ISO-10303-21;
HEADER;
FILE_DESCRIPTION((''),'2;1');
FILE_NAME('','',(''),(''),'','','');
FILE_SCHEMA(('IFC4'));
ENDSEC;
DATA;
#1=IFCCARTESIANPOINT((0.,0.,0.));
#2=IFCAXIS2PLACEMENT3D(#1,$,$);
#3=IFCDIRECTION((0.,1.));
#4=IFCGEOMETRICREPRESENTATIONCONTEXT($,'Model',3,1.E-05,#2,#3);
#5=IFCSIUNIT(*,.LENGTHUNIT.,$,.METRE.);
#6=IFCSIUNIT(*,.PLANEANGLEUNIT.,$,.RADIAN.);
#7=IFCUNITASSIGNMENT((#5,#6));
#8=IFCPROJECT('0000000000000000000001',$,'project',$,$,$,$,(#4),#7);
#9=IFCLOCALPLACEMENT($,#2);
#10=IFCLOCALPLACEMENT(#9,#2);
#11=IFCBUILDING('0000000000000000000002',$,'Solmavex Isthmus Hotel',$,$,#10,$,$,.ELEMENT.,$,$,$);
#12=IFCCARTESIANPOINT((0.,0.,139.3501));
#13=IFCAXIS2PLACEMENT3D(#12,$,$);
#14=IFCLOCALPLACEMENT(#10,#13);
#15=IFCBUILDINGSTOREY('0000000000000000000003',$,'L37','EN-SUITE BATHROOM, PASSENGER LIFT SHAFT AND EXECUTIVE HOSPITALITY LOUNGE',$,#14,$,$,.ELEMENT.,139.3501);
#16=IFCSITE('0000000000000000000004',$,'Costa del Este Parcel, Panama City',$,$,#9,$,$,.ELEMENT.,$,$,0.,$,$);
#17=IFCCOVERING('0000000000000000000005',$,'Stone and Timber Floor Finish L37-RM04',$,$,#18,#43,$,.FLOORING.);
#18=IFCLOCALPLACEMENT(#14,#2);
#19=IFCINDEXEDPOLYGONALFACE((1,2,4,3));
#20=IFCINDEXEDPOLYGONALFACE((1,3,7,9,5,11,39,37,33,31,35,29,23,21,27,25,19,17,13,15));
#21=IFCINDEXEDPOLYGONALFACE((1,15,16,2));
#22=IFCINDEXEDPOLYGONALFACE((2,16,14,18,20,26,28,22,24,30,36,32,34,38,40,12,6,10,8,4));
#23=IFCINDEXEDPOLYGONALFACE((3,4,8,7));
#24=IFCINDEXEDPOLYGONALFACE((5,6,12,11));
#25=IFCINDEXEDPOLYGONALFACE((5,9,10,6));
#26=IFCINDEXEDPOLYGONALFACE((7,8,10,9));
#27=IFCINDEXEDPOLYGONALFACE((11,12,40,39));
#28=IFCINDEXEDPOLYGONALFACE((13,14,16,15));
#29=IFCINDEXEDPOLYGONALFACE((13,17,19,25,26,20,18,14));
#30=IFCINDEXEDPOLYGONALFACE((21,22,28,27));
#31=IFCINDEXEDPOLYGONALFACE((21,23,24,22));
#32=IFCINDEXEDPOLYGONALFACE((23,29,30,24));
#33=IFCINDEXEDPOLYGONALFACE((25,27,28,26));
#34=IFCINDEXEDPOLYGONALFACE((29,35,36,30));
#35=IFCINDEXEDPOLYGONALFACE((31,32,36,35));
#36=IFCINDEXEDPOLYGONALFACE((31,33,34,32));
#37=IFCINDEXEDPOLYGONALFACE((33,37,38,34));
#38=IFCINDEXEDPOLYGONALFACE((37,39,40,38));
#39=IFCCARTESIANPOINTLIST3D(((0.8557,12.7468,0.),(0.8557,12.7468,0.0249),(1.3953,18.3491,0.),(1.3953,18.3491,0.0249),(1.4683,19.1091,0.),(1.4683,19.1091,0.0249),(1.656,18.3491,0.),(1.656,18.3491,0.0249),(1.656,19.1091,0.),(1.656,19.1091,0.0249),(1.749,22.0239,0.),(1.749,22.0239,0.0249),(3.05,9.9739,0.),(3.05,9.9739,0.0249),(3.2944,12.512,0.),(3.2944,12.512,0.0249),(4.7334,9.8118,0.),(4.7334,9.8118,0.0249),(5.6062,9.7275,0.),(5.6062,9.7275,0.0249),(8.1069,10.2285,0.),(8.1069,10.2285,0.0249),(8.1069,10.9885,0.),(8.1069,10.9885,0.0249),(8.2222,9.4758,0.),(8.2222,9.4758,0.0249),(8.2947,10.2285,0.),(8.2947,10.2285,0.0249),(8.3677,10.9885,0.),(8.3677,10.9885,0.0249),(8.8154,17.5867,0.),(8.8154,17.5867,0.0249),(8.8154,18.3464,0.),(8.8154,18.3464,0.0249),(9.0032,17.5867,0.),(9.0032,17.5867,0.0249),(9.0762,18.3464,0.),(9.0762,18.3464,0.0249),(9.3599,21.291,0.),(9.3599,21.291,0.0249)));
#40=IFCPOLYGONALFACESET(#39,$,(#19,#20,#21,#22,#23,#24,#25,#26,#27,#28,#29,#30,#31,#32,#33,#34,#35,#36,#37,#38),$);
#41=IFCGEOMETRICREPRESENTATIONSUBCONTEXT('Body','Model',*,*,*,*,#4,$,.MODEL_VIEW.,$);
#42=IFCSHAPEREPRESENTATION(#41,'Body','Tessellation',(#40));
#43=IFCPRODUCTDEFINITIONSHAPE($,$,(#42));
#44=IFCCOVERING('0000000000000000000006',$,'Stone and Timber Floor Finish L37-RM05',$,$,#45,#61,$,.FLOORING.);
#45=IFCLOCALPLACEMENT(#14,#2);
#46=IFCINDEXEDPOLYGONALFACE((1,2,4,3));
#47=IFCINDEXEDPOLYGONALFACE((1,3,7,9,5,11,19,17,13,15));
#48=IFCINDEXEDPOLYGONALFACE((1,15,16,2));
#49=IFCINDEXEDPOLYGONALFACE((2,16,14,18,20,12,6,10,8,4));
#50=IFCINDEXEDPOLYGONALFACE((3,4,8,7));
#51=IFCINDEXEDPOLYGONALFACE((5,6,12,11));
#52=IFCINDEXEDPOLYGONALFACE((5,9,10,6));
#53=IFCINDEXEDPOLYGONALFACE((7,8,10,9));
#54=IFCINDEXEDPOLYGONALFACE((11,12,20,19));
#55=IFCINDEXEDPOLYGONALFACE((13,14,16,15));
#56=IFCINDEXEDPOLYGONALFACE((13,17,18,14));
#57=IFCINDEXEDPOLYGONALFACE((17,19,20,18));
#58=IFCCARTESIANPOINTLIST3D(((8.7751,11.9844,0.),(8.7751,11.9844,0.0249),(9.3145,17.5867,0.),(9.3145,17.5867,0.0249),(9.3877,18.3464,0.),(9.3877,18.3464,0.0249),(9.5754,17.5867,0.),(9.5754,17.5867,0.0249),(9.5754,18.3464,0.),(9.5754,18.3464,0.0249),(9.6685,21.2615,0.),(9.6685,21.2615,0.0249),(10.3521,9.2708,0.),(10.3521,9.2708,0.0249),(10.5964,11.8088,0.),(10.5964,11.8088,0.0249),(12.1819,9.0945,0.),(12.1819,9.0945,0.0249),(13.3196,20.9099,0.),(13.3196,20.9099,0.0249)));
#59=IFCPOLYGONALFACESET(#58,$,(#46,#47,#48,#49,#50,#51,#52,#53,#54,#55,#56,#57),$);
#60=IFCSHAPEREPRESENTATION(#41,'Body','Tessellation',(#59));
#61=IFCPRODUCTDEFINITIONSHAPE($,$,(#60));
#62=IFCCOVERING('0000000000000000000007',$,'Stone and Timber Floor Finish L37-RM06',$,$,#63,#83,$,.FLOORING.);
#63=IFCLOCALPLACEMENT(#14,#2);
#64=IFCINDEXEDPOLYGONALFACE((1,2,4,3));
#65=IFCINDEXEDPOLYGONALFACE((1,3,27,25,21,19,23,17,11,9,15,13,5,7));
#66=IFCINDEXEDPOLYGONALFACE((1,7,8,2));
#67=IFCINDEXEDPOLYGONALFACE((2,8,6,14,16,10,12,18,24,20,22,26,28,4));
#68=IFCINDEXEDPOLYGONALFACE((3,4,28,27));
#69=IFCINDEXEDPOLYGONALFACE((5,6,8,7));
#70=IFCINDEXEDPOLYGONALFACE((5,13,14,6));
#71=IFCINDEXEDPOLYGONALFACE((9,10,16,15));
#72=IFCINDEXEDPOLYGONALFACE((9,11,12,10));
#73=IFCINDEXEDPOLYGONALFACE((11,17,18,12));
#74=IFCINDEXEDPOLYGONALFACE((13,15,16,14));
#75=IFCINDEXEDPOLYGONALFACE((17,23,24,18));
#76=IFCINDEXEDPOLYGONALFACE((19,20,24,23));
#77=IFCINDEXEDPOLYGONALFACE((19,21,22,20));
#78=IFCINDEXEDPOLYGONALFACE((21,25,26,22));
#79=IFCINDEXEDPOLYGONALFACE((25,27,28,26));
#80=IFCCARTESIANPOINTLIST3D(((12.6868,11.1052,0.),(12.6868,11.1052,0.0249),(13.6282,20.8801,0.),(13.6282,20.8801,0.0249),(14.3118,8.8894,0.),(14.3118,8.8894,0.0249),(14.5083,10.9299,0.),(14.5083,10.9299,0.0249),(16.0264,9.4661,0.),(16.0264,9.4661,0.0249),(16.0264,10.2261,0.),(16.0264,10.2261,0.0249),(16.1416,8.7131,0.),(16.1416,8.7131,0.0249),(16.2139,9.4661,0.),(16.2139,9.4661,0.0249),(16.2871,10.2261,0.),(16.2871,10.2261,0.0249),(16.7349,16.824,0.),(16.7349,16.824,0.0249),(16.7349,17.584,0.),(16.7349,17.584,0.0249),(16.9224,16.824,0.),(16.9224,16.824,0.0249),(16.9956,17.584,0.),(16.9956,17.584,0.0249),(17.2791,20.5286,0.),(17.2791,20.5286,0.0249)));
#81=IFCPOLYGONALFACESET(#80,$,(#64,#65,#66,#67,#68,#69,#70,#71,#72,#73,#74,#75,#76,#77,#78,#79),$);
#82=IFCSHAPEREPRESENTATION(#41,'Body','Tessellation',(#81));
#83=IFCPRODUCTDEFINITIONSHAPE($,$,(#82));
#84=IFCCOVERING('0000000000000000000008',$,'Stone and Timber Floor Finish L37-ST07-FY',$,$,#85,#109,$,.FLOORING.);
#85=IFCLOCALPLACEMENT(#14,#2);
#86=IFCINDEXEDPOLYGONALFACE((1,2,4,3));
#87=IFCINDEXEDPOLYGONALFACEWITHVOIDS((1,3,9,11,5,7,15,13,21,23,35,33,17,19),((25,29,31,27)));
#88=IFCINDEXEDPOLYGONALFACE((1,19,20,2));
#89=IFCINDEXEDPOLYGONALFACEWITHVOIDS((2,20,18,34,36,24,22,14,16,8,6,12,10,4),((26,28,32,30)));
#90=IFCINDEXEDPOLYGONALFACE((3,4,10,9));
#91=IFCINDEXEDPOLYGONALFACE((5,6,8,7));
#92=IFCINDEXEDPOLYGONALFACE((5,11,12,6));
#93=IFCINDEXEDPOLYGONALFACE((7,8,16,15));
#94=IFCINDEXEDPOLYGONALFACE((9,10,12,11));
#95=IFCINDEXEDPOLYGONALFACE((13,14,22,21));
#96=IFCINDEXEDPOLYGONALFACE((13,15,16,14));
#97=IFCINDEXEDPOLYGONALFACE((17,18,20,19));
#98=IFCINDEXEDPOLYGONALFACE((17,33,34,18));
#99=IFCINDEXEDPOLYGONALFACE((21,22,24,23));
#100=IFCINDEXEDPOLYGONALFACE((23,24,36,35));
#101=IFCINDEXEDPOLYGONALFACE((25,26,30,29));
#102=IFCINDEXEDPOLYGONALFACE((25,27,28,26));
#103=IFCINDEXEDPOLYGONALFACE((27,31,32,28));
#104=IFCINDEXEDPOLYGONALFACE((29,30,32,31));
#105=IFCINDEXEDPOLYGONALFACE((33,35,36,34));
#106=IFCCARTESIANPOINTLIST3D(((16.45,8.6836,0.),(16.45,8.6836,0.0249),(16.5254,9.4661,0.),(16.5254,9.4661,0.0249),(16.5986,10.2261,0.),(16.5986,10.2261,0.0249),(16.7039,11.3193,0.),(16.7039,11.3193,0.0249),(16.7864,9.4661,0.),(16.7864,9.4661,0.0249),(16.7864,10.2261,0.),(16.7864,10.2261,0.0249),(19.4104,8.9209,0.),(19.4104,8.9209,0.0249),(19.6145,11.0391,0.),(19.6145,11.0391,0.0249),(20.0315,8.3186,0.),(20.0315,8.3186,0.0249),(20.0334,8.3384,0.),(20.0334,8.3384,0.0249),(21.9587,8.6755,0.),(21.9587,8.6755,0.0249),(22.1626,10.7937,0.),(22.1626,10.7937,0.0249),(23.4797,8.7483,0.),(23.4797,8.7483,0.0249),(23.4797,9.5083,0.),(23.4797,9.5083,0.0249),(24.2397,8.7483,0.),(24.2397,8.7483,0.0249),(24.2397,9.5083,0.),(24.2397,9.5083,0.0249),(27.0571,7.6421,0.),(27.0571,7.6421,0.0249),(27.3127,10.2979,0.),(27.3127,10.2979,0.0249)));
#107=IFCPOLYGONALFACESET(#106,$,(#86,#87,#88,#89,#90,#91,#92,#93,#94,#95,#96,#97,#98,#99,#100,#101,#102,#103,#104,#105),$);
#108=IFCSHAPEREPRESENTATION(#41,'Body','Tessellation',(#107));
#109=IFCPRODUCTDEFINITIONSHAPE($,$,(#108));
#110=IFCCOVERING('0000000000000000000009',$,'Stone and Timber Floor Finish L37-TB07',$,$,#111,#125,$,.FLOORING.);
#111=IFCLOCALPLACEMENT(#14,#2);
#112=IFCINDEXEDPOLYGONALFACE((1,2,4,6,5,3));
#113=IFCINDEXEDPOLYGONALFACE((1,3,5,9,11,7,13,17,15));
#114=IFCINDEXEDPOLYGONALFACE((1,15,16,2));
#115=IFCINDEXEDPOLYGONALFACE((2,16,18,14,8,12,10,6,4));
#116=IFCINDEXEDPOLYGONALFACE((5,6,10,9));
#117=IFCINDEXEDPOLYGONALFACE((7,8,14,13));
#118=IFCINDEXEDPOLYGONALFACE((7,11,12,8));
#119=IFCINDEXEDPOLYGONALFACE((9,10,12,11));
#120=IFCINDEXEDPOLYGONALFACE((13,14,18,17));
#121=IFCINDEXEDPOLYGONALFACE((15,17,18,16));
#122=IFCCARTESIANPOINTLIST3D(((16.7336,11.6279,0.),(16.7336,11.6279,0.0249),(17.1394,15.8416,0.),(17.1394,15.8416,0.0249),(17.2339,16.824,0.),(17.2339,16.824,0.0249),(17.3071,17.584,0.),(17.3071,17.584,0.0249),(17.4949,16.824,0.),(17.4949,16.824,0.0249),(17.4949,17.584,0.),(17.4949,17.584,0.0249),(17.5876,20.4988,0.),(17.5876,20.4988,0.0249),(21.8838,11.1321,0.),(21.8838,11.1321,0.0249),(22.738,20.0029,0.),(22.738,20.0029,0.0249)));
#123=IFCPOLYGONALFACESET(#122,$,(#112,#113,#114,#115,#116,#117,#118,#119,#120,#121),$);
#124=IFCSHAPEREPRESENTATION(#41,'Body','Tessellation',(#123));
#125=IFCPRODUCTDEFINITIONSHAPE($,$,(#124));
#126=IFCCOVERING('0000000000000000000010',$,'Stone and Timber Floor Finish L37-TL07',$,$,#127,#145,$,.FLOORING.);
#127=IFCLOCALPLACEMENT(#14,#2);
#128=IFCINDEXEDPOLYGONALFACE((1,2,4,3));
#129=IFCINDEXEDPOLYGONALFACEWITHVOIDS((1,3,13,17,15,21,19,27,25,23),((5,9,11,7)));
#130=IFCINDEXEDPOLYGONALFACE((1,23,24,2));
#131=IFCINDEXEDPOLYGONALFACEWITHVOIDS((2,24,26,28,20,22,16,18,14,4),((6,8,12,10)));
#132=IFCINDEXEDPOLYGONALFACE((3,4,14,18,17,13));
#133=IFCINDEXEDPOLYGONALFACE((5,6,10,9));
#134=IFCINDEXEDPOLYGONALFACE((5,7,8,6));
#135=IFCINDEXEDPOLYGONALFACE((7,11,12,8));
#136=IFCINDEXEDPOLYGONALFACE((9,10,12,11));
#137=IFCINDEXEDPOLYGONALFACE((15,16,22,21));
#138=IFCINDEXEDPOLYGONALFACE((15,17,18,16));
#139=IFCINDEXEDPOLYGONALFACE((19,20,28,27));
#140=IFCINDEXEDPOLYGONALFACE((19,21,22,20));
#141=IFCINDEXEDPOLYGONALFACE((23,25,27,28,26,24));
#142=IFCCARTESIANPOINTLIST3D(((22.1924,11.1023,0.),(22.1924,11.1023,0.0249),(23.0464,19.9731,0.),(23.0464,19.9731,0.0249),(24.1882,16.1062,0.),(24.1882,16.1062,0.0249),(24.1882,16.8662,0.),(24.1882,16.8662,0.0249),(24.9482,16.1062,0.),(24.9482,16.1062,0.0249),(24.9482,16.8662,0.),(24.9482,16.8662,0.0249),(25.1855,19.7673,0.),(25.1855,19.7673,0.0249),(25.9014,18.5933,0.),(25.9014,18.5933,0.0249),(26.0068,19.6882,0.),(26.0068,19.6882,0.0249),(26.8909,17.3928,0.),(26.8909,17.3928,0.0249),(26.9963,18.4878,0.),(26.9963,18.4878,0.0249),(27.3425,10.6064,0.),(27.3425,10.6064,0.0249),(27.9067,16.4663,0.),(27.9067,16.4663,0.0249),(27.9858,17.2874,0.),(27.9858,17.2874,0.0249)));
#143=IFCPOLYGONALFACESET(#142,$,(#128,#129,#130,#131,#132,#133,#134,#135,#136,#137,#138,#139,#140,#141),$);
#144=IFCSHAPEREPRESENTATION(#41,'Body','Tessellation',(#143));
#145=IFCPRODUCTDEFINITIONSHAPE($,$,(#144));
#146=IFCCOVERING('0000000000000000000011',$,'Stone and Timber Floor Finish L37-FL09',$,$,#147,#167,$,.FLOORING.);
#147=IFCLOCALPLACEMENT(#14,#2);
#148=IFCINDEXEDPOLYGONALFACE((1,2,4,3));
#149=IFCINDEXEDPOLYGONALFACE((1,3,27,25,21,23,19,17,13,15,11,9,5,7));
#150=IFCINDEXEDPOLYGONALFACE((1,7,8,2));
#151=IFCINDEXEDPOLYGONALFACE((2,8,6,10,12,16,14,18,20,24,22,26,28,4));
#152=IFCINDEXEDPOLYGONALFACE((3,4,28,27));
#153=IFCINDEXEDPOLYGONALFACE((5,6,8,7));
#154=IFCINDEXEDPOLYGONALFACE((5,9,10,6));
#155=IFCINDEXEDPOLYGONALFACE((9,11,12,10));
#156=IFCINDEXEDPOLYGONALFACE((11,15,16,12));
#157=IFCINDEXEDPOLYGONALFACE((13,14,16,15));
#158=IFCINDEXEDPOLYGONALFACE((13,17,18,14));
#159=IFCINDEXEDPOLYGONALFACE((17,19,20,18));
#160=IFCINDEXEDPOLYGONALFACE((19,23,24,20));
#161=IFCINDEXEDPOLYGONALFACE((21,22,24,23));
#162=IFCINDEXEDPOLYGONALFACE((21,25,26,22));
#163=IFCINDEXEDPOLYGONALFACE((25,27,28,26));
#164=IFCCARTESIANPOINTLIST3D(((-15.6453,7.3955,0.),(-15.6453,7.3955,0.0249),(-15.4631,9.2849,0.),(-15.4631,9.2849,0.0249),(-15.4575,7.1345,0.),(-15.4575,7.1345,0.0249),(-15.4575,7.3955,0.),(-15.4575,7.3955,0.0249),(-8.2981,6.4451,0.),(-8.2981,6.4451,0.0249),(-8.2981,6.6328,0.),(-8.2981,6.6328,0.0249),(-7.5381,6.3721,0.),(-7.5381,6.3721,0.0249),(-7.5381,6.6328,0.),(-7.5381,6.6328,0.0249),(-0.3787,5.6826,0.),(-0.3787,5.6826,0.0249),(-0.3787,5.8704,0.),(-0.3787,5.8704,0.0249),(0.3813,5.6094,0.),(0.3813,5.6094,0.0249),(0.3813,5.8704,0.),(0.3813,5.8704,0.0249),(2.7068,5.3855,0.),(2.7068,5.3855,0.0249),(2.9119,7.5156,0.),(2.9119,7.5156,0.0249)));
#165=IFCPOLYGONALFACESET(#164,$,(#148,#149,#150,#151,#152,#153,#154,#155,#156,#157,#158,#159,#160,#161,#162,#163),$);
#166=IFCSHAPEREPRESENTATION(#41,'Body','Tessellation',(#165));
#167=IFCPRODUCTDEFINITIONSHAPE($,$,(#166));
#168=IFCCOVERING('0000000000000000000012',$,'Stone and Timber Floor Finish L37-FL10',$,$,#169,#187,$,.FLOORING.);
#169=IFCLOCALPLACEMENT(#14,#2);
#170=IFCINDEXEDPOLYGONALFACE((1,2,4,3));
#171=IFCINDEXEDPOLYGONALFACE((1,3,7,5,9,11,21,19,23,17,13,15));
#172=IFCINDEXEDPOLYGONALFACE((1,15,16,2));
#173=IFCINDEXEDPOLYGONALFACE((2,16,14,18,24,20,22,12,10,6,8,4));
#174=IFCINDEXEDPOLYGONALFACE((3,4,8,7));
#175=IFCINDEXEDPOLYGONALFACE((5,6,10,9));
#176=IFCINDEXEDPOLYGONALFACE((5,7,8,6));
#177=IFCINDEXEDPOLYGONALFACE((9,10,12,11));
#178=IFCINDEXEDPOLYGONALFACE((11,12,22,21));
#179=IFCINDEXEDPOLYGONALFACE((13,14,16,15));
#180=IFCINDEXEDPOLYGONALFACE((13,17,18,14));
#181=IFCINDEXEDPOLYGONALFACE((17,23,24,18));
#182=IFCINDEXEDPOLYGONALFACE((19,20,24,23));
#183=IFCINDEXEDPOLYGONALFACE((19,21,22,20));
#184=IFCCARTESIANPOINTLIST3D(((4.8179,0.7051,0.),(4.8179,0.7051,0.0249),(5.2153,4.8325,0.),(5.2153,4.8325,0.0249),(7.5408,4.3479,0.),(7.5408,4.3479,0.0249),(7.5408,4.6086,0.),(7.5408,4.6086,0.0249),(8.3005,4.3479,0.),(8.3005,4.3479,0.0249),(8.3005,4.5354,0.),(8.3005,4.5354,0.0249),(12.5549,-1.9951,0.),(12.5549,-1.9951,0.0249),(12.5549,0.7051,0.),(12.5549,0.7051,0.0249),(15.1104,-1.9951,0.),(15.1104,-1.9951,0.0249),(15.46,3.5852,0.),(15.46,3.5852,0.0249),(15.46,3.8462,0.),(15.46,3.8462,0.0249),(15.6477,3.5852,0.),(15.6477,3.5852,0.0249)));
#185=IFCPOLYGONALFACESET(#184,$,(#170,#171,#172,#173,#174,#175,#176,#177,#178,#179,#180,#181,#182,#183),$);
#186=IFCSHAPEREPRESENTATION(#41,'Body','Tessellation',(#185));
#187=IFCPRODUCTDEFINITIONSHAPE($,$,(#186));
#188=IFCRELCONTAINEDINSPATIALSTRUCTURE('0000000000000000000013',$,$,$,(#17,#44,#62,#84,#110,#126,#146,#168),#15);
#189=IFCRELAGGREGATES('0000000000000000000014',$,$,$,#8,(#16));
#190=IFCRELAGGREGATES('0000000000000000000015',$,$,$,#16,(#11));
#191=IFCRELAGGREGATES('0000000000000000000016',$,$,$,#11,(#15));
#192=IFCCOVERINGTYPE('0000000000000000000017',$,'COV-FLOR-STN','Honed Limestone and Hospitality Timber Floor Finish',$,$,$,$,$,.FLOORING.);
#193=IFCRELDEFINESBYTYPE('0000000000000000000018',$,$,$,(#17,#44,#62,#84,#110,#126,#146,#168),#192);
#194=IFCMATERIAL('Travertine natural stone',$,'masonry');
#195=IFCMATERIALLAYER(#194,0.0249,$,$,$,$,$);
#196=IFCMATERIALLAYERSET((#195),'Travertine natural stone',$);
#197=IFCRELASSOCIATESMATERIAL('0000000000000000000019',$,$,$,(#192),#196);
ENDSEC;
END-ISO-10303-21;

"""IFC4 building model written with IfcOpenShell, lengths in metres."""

from ifc_helpers import new_model, si_unit, direction, frame, origin, place, context, subcontext, project, spatial, polyline, outline, extrude, material, layer, layer_set, type_object, element, save


model = new_model("IFC4")

# Units and contexts
model_context = context("Model", 3, precision=1e-05, world=origin(), true_north=direction((0.0, 1.0)))
body_context = subcontext(model_context, "Body", "Model", "MODEL_VIEW")
ifc_project = project(units=[si_unit("LENGTHUNIT", "METRE"), si_unit("PLANEANGLEUNIT", "RADIAN")], contexts=[model_context])

# Site, building, storey
site_placement = place(None, origin())
site = spatial("IfcSite", under=ifc_project, at=site_placement, Name="Costa del Este Parcel, Panama City", CompositionType="ELEMENT", RefElevation=0.0)
building_placement = place(site_placement, origin())
building = spatial("IfcBuilding", under=site, at=building_placement, Name="Solmavex Isthmus Hotel", CompositionType="ELEMENT")
storey_placement = place(building_placement, frame((0.0, 0.0, 139.3501)))
storey = spatial("IfcBuildingStorey", under=building, at=storey_placement, Name="L37", Description="EN-SUITE BATHROOM, PASSENGER LIFT SHAFT AND EXECUTIVE HOSPITALITY LOUNGE", CompositionType="ELEMENT", Elevation=139.3501)

# Coverings
ifc_material_1 = material(Name="Travertine natural stone", Category="masonry")
ifc_layer_1 = layer(ifc_material_1, 0.0249)
ifc_layer_set_1 = layer_set([ifc_layer_1], Name="Travertine natural stone")
covering_type_1 = type_object("IfcCoveringType", Name="COV-FLOR-STN", Description="Honed Limestone and Hospitality Timber Floor Finish", PredefinedType="FLOORING", material=ifc_layer_set_1)
covering_1_placement = place(storey_placement, origin())
element("IfcCovering", 1, at=covering_1_placement, inside=storey, type_object=covering_type_1, Name="Stone and Timber Floor Finish L37-RM04", PredefinedType="FLOORING", context=body_context, shape_type="SweptSolid", body=[
    extrude(outline(polyline([(1.4683, 19.1091), (1.656, 19.1091), (1.656, 18.3491), (1.3953, 18.3491), (0.8557, 12.7468), (3.2944, 12.512), (3.05, 9.9739), (4.7334, 9.8118), (5.6062, 9.7275), (8.2222, 9.4758), (8.2947, 10.2285), (8.1069, 10.2285), (8.1069, 10.9885), (8.3677, 10.9885), (9.0032, 17.5867), (8.8154, 17.5867), (8.8154, 18.3464), (9.0762, 18.3464), (9.3599, 21.291), (1.749, 22.0239), (1.4683, 19.1091)])), origin(), (0.0, 0.0, 1.0), 0.0249),
])
covering_2_placement = place(storey_placement, origin())
element("IfcCovering", 2, at=covering_2_placement, inside=storey, type_object=covering_type_1, Name="Stone and Timber Floor Finish L37-RM05", PredefinedType="FLOORING", context=body_context, shape_type="SweptSolid", body=[
    extrude(outline(polyline([(9.3877, 18.3464), (9.5754, 18.3464), (9.5754, 17.5867), (9.3145, 17.5867), (8.7751, 11.9844), (10.5964, 11.8088), (10.3521, 9.2708), (12.1819, 9.0945), (13.3196, 20.9099), (9.6685, 21.2615), (9.3877, 18.3464)])), origin(), (0.0, 0.0, 1.0), 0.0249),
])
covering_3_placement = place(storey_placement, origin())
element("IfcCovering", 3, at=covering_3_placement, inside=storey, type_object=covering_type_1, Name="Stone and Timber Floor Finish L37-RM06", PredefinedType="FLOORING", context=body_context, shape_type="SweptSolid", body=[
    extrude(outline(polyline([(16.9224, 16.824), (16.7349, 16.824), (16.7349, 17.584), (16.9956, 17.584), (17.2791, 20.5286), (13.6282, 20.8801), (12.6868, 11.1052), (14.5083, 10.9299), (14.3118, 8.8894), (16.1416, 8.7131), (16.2139, 9.4661), (16.0264, 9.4661), (16.0264, 10.2261), (16.2871, 10.2261), (16.9224, 16.824)])), origin(), (0.0, 0.0, 1.0), 0.0249),
])
covering_4_placement = place(storey_placement, origin())
element("IfcCovering", 4, at=covering_4_placement, inside=storey, type_object=covering_type_1, Name="Stone and Timber Floor Finish L37-ST07-FY", PredefinedType="FLOORING", context=body_context, shape_type="SweptSolid", body=[
    extrude(outline(polyline([(19.6145, 11.0391), (16.7039, 11.3193), (16.5986, 10.2261), (16.7864, 10.2261), (16.7864, 9.4661), (16.5254, 9.4661), (16.45, 8.6836), (20.0334, 8.3384), (20.0315, 8.3186), (27.0571, 7.6421), (27.3127, 10.2979), (22.1626, 10.7937), (21.9587, 8.6755), (19.4104, 8.9209), (19.6145, 11.0391)]), holes=[polyline([(23.4797, 8.7483), (23.4797, 9.5083), (24.2397, 9.5083), (24.2397, 8.7483), (23.4797, 8.7483)])]), origin(), (0.0, 0.0, 1.0), 0.0249),
])
covering_5_placement = place(storey_placement, origin())
element("IfcCovering", 5, at=covering_5_placement, inside=storey, type_object=covering_type_1, Name="Stone and Timber Floor Finish L37-TB07", PredefinedType="FLOORING", context=body_context, shape_type="SweptSolid", body=[
    extrude(outline(polyline([(17.3071, 17.584), (17.4949, 17.584), (17.4949, 16.824), (17.2339, 16.824), (17.1394, 15.8416), (16.7336, 11.6279), (21.8838, 11.1321), (22.738, 20.0029), (17.5876, 20.4988), (17.3071, 17.584)])), origin(), (0.0, 0.0, 1.0), 0.0249),
])
covering_6_placement = place(storey_placement, origin())
element("IfcCovering", 6, at=covering_6_placement, inside=storey, type_object=covering_type_1, Name="Stone and Timber Floor Finish L37-TL07", PredefinedType="FLOORING", context=body_context, shape_type="SweptSolid", body=[
    extrude(outline(polyline([(26.0068, 19.6882), (25.1855, 19.7673), (23.0464, 19.9731), (22.1924, 11.1023), (27.3425, 10.6064), (27.9067, 16.4663), (27.9858, 17.2874), (26.8909, 17.3928), (26.9963, 18.4878), (25.9014, 18.5933), (26.0068, 19.6882)]), holes=[polyline([(24.1882, 16.1062), (24.1882, 16.8662), (24.9482, 16.8662), (24.9482, 16.1062), (24.1882, 16.1062)])]), origin(), (0.0, 0.0, 1.0), 0.0249),
])
covering_7_placement = place(storey_placement, origin())
element("IfcCovering", 7, at=covering_7_placement, inside=storey, type_object=covering_type_1, Name="Stone and Timber Floor Finish L37-FL09", PredefinedType="FLOORING", context=body_context, shape_type="SweptSolid", body=[
    extrude(outline(polyline([(-0.3787, 5.6826), (-0.3787, 5.8704), (0.3813, 5.8704), (0.3813, 5.6094), (2.7068, 5.3855), (2.9119, 7.5156), (-15.4631, 9.2849), (-15.6453, 7.3955), (-15.4575, 7.3955), (-15.4575, 7.1345), (-8.2981, 6.4451), (-8.2981, 6.6328), (-7.5381, 6.6328), (-7.5381, 6.3721), (-0.3787, 5.6826)])), origin(), (0.0, 0.0, 1.0), 0.0249),
])
covering_8_placement = place(storey_placement, origin())
element("IfcCovering", 8, at=covering_8_placement, inside=storey, type_object=covering_type_1, Name="Stone and Timber Floor Finish L37-FL10", PredefinedType="FLOORING", context=body_context, shape_type="SweptSolid", body=[
    extrude(outline(polyline([(8.3005, 4.5354), (8.3005, 4.3479), (7.5408, 4.3479), (7.5408, 4.6086), (5.2153, 4.8325), (4.8179, 0.7051), (12.5549, 0.7051), (12.5549, -1.9951), (15.1104, -1.9951), (15.6477, 3.5852), (15.46, 3.5852), (15.46, 3.8462), (8.3005, 4.5354)])), origin(), (0.0, 0.0, 1.0), 0.0249),
])

save(model, "model.ifc")
